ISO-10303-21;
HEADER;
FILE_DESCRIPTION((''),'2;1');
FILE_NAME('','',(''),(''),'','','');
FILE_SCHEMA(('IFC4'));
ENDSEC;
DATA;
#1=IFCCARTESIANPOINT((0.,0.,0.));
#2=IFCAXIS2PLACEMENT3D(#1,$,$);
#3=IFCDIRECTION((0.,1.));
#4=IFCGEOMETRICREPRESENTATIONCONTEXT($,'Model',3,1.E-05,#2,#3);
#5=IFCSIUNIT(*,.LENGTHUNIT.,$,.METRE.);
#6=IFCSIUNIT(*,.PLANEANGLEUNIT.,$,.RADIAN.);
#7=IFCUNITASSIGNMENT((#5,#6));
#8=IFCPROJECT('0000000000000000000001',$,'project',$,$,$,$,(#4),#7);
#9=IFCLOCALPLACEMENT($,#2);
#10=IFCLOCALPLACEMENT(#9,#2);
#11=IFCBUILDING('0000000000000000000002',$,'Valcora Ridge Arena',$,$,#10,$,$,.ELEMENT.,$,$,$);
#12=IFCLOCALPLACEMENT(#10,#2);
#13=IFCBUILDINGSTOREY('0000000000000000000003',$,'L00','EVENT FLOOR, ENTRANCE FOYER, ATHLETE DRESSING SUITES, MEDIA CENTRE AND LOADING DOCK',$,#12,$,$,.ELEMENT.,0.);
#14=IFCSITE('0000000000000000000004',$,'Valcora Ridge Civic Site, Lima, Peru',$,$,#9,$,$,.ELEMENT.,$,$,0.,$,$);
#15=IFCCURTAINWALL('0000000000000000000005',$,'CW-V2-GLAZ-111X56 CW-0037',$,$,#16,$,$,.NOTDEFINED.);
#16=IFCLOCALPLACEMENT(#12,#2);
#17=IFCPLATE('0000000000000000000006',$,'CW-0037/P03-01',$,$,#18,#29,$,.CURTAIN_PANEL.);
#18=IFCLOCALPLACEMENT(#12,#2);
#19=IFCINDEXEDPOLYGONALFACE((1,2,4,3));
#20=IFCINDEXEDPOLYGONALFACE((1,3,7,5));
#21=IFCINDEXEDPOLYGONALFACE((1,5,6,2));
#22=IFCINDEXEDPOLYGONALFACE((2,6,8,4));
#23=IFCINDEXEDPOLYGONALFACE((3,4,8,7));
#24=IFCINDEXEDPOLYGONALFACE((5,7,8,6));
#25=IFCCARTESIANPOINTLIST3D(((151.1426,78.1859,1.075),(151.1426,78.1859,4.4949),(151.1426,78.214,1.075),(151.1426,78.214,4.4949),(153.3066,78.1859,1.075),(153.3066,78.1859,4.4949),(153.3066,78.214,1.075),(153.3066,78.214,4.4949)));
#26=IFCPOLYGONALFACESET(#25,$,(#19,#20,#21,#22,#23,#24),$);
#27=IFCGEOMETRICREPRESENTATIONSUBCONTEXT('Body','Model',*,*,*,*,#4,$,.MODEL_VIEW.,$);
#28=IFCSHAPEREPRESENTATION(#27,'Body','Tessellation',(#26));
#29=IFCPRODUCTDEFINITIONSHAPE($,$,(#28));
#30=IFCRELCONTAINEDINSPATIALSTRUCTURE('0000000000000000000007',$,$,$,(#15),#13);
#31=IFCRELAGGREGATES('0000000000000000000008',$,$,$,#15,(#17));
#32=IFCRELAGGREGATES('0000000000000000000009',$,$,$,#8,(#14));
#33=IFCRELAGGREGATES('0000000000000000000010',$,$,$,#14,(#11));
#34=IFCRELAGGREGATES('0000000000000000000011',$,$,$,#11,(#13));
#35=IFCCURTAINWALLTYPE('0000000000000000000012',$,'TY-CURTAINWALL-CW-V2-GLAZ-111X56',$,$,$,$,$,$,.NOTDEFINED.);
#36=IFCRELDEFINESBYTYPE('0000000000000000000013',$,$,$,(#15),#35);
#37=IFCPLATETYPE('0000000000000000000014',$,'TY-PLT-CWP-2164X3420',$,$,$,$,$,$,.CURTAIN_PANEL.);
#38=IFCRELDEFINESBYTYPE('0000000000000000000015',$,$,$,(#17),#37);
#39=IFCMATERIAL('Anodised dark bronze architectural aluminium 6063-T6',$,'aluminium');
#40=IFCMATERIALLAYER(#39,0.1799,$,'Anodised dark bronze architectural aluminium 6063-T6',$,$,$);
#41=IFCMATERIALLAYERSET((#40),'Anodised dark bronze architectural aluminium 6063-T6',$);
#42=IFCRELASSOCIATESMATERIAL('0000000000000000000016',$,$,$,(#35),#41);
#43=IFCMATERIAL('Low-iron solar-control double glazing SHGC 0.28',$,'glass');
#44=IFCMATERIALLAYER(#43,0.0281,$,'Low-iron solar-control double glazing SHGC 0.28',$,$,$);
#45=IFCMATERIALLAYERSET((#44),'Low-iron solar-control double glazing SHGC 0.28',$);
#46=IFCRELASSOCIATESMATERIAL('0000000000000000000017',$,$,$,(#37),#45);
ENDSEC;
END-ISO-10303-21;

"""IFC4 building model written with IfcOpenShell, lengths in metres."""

from ifc_helpers import new_model, si_unit, direction, frame, origin, origin_2d, place, context, subcontext, project, spatial, rectangle, extrude, material, layer, layer_set, type_object, element, aggregate, save


model = new_model("IFC4")

# Units and contexts
model_context = context("Model", 3, precision=1e-05, world=origin(), true_north=direction((0.0, 1.0)))
body_context = subcontext(model_context, "Body", "Model", "MODEL_VIEW")
ifc_project = project(units=[si_unit("LENGTHUNIT", "METRE"), si_unit("PLANEANGLEUNIT", "RADIAN")], contexts=[model_context])

# Site, building, storey
site_placement = place(None, origin())
site = spatial("IfcSite", under=ifc_project, at=site_placement, Name="Valcora Ridge Civic Site, Lima, Peru", CompositionType="ELEMENT", RefElevation=0.0)
building_placement = place(site_placement, origin())
building = spatial("IfcBuilding", under=site, at=building_placement, Name="Valcora Ridge Arena", CompositionType="ELEMENT")
storey_placement = place(building_placement, origin())
storey = spatial("IfcBuildingStorey", under=building, at=storey_placement, Name="L00", Description="EVENT FLOOR, ENTRANCE FOYER, ATHLETE DRESSING SUITES, MEDIA CENTRE AND LOADING DOCK", CompositionType="ELEMENT", Elevation=0.0)

# Shared definitions
ifc_material_1 = material(Name="Anodised dark bronze architectural aluminium 6063-T6", Category="aluminium")

# Curtain wall
ifc_layer_1 = layer(ifc_material_1, 0.1799, Name="Anodised dark bronze architectural aluminium 6063-T6")
ifc_layer_set_1 = layer_set([ifc_layer_1], Name="Anodised dark bronze architectural aluminium 6063-T6")
curtain_wall_type_1 = type_object("IfcCurtainWallType", Name="TY-CURTAINWALL-CW-V2-GLAZ-111X56", PredefinedType="NOTDEFINED", material=ifc_layer_set_1)
curtain_wall_1_placement = place(storey_placement, origin())
curtain_wall_1 = element("IfcCurtainWall", 1, at=curtain_wall_1_placement, inside=storey, type_object=curtain_wall_type_1, Name="CW-V2-GLAZ-111X56 CW-0037", PredefinedType="NOTDEFINED")

# Plate
ifc_material_2 = material(Name="Low-iron solar-control double glazing SHGC 0.28", Category="glass")
ifc_layer_2 = layer(ifc_material_2, 0.0281, Name="Low-iron solar-control double glazing SHGC 0.28")
ifc_layer_set_2 = layer_set([ifc_layer_2], Name="Low-iron solar-control double glazing SHGC 0.28")
plate_type_1 = type_object("IfcPlateType", Name="TY-PLT-CWP-2164X3420", PredefinedType="CURTAIN_PANEL", material=ifc_layer_set_2)
plate_1_placement = place(storey_placement, frame((152.2246, 78.2, 1.075), z_axis=(0.0, 0.0, 1.0), x_axis=(1.0, 0.0, 0.0)))
plate_1 = element("IfcPlate", 2, at=plate_1_placement, type_object=plate_type_1, Name="CW-0037/P03-01", PredefinedType="CURTAIN_PANEL", context=body_context, shape_type="SweptSolid", body=[
    extrude(rectangle(XDim=2.1641, YDim=0.0281, at=origin_2d()), origin(), (0.0, 0.0, 1.0), 3.4199),
])
aggregate(curtain_wall_1, [plate_1])

save(model, "model.ifc")
